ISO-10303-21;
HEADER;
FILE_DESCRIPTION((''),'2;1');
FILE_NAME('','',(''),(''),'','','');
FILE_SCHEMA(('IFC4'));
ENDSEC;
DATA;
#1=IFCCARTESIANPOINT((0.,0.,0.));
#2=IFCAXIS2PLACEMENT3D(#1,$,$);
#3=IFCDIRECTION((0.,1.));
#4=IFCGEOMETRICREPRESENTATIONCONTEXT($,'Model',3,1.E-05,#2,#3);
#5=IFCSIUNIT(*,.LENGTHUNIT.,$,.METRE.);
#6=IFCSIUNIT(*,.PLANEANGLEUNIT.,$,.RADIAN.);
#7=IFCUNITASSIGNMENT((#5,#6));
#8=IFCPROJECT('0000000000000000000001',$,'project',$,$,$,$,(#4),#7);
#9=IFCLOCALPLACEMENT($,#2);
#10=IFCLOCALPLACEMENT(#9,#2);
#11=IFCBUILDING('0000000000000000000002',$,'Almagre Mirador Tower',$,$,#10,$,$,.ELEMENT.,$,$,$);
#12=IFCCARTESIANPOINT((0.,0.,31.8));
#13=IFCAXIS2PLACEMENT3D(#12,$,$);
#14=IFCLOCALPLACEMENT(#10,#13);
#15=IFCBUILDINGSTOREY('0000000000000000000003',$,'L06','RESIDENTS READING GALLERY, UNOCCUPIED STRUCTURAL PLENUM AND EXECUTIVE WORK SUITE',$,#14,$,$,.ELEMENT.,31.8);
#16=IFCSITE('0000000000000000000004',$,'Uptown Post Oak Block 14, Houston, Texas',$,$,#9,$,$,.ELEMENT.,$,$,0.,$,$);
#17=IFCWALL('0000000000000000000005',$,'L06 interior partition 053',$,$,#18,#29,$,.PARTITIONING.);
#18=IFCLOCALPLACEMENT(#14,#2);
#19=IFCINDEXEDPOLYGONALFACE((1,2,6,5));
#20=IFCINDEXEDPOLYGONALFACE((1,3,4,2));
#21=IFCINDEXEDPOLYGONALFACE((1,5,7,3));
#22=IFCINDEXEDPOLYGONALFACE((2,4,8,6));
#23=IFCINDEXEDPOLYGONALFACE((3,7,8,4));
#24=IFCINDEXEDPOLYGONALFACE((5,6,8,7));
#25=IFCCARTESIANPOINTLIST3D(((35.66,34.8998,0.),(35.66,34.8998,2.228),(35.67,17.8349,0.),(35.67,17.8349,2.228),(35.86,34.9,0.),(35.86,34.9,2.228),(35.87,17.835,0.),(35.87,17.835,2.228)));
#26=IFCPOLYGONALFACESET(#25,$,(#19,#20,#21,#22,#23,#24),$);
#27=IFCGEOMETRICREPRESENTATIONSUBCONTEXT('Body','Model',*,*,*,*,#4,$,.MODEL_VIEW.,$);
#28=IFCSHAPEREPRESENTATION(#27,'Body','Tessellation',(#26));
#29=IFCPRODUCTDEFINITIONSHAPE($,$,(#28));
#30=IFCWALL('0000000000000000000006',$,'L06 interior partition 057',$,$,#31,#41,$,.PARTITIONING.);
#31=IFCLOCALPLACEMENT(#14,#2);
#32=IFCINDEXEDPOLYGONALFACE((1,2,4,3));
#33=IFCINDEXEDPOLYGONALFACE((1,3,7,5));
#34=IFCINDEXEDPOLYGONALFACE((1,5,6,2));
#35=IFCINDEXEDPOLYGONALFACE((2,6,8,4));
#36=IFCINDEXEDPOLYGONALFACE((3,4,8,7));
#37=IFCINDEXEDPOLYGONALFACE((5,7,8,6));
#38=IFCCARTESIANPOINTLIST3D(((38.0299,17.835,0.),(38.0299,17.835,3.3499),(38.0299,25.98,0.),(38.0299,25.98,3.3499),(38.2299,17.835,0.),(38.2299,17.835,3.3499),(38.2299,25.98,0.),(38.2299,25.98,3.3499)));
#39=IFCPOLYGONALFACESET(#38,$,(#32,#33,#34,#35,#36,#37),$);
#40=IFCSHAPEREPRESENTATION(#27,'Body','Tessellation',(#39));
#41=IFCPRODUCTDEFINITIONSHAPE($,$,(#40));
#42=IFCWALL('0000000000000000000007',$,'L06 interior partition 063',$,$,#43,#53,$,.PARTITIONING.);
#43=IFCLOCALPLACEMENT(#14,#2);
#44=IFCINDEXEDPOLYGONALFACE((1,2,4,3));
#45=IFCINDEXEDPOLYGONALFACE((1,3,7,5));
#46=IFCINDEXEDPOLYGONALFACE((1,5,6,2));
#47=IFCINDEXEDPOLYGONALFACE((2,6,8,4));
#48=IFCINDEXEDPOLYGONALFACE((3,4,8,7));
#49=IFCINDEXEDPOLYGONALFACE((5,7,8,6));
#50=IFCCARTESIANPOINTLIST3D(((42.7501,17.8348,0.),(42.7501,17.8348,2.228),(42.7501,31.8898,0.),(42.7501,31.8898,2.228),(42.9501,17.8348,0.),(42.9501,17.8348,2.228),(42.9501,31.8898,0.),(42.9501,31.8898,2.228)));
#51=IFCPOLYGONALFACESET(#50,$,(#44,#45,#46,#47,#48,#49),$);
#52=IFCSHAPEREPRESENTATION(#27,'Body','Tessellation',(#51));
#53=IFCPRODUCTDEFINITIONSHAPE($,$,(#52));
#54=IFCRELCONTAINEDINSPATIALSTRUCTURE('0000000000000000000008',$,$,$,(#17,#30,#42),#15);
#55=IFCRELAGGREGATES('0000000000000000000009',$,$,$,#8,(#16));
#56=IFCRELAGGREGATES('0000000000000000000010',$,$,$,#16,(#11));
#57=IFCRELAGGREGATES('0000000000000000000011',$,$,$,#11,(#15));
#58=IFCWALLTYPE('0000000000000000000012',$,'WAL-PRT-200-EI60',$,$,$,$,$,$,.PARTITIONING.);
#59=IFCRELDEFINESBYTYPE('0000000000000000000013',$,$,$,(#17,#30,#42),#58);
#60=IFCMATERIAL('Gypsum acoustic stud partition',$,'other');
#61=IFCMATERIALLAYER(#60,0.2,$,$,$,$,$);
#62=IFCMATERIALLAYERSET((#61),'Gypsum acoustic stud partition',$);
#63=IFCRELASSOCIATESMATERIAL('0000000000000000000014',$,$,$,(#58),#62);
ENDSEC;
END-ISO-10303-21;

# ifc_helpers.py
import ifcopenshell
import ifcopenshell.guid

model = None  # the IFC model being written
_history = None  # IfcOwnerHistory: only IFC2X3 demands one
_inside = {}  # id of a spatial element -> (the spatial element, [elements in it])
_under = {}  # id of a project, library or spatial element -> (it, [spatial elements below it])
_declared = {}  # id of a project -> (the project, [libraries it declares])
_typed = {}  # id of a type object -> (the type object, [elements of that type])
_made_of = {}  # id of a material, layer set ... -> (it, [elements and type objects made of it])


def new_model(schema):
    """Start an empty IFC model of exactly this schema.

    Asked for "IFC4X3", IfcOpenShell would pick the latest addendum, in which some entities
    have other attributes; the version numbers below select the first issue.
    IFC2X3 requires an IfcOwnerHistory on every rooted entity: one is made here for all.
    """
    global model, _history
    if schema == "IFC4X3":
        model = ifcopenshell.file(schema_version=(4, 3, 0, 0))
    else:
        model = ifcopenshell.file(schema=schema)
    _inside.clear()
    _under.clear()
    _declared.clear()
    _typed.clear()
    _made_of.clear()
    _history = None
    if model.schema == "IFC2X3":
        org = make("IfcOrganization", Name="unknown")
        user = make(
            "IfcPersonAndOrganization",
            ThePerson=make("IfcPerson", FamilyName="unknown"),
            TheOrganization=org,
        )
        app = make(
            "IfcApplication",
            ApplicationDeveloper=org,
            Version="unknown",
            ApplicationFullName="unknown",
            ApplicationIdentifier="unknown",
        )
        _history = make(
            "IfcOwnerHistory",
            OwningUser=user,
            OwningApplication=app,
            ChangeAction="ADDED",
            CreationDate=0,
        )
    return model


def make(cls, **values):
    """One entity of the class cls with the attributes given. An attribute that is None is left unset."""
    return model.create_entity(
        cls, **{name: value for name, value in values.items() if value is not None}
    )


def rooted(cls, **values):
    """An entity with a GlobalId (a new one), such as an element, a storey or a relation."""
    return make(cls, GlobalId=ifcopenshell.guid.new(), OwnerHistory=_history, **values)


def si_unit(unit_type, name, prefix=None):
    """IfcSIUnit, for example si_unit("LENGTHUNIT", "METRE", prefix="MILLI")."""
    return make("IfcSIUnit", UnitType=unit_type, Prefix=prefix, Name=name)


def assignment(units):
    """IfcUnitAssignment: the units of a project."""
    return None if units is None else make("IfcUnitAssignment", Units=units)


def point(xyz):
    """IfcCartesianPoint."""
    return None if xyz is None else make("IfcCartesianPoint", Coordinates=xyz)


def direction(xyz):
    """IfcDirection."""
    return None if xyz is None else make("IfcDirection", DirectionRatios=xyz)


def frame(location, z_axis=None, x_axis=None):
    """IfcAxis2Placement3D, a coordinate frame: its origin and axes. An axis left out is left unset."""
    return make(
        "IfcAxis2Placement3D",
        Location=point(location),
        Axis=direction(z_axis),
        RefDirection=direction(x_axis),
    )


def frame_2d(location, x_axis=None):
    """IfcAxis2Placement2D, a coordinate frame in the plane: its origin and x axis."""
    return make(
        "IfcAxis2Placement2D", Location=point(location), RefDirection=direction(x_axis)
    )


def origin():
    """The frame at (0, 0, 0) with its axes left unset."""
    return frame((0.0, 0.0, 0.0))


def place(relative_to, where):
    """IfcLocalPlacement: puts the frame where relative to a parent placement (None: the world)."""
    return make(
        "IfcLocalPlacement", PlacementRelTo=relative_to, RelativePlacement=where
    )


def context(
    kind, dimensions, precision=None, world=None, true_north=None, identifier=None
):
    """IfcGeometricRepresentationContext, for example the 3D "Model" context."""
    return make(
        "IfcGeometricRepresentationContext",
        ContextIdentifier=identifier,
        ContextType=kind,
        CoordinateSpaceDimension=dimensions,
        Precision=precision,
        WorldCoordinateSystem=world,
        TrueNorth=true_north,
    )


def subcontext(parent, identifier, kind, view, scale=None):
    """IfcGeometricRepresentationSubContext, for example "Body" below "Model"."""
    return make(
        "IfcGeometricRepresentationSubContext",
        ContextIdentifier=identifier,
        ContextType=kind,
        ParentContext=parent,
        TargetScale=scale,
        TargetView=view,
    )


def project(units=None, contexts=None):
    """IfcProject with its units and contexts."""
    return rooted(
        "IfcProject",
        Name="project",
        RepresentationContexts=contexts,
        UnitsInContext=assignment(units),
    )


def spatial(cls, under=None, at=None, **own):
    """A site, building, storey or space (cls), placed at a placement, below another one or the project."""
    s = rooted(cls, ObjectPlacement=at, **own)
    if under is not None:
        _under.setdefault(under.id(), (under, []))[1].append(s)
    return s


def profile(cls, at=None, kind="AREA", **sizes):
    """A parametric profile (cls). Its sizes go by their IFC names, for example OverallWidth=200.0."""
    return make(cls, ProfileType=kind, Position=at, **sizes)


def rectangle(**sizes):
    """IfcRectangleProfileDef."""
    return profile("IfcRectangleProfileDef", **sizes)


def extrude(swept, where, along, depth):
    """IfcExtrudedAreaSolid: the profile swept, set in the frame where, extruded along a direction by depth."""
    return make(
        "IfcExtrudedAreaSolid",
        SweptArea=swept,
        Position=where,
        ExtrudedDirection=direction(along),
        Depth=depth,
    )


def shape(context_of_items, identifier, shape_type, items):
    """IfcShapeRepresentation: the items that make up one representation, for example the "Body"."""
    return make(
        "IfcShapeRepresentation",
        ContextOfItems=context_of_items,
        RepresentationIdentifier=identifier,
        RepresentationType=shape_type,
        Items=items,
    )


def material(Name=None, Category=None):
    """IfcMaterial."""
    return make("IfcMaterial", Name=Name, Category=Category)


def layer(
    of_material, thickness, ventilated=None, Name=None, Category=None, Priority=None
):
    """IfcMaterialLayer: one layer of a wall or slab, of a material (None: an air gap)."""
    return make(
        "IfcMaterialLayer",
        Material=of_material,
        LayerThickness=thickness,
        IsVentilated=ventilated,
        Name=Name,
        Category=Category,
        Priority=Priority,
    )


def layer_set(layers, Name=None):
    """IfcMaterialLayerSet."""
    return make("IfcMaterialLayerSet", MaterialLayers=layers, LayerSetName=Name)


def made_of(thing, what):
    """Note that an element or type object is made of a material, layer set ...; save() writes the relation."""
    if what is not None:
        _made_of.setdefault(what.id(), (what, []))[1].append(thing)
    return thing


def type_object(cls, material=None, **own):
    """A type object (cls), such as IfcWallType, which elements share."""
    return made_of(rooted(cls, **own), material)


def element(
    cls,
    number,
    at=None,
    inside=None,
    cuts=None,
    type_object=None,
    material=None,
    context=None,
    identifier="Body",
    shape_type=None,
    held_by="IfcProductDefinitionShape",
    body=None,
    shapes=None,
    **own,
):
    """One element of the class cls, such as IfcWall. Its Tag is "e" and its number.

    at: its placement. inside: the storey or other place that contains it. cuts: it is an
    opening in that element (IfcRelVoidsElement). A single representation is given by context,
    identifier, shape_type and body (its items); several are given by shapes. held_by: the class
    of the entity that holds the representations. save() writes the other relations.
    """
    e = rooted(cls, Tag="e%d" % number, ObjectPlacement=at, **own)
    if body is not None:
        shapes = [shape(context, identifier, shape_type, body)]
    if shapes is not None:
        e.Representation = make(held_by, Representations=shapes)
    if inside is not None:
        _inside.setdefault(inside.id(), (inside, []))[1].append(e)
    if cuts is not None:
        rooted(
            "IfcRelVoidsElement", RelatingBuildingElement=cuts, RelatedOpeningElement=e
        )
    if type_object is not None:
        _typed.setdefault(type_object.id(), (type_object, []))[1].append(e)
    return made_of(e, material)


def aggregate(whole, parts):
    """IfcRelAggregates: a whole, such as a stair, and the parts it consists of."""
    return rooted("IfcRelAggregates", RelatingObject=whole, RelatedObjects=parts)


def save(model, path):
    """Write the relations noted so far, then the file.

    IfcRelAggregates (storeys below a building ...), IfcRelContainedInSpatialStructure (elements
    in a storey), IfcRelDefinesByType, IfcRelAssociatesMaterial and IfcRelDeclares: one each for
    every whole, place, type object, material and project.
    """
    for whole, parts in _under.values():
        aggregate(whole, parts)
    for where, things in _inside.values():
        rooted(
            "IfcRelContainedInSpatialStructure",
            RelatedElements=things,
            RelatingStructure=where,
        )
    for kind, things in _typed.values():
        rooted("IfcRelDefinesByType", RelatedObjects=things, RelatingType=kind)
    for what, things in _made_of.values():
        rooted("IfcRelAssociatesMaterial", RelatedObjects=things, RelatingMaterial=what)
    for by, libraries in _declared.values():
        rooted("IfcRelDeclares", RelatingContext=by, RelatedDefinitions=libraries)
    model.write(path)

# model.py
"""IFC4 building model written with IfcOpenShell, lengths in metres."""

from ifc_helpers import new_model, si_unit, direction, frame, frame_2d, origin, place, context, subcontext, project, spatial, rectangle, extrude, material, layer, layer_set, type_object, element, save


model = new_model("IFC4")

# Units and contexts
model_context = context("Model", 3, precision=1e-05, world=origin(), true_north=direction((0.0, 1.0)))
body_context = subcontext(model_context, "Body", "Model", "MODEL_VIEW")
ifc_project = project(units=[si_unit("LENGTHUNIT", "METRE"), si_unit("PLANEANGLEUNIT", "RADIAN")], contexts=[model_context])

# Site, building, storey
site_placement = place(None, origin())
site = spatial("IfcSite", under=ifc_project, at=site_placement, Name="Uptown Post Oak Block 14, Houston, Texas", CompositionType="ELEMENT", RefElevation=0.0)
building_placement = place(site_placement, origin())
building = spatial("IfcBuilding", under=site, at=building_placement, Name="Almagre Mirador Tower", CompositionType="ELEMENT")
storey_placement = place(building_placement, frame((0.0, 0.0, 31.8)))
storey = spatial("IfcBuildingStorey", under=building, at=storey_placement, Name="L06", Description="RESIDENTS READING GALLERY, UNOCCUPIED STRUCTURAL PLENUM AND EXECUTIVE WORK SUITE", CompositionType="ELEMENT", Elevation=31.8)

# Shared definitions
ifc_material_1 = material(Name="Gypsum acoustic stud partition", Category="other")
ifc_layer_1 = layer(ifc_material_1, 0.2)
ifc_layer_set_1 = layer_set([ifc_layer_1], Name="Gypsum acoustic stud partition")
wall_type_1 = type_object("IfcWallType", Name="WAL-PRT-200-EI60", PredefinedType="PARTITIONING", material=ifc_layer_set_1)

# Walls
wall_1_placement = place(storey_placement, frame((35.77, 17.835, 0.0), z_axis=(0.0, 0.0, 1.0), x_axis=(-0.000587, 1.0, 0.0)))
element("IfcWall", 1, at=wall_1_placement, inside=storey, type_object=wall_type_1, Name="L06 interior partition 053", PredefinedType="PARTITIONING", context=body_context, shape_type="SweptSolid", body=[
    extrude(rectangle(XDim=17.0649, YDim=0.2, at=frame_2d((8.5325, 0.0))), origin(), (0.0, 0.0, 1.0), 2.228),
])
wall_2_placement = place(storey_placement, frame((38.1299, 17.835, 0.0), z_axis=(0.0, 0.0, 1.0), x_axis=(0.0, 1.0, 0.0)))
element("IfcWall", 2, at=wall_2_placement, inside=storey, type_object=wall_type_1, Name="L06 interior partition 057", PredefinedType="PARTITIONING", context=body_context, shape_type="SweptSolid", body=[
    extrude(rectangle(XDim=8.145, YDim=0.2, at=frame_2d((4.0725, 0.0))), origin(), (0.0, 0.0, 1.0), 3.3499),
])
wall_3_placement = place(storey_placement, frame((42.8501, 17.835, 0.0), z_axis=(0.0, 0.0, 1.0), x_axis=(0.0, 1.0, 0.0)))
element("IfcWall", 3, at=wall_3_placement, inside=storey, type_object=wall_type_1, Name="L06 interior partition 063", PredefinedType="PARTITIONING", context=body_context, shape_type="SweptSolid", body=[
    extrude(rectangle(XDim=14.0549, YDim=0.2, at=frame_2d((7.0273, 0.0))), origin(), (0.0, 0.0, 1.0), 2.228),
])

save(model, "model.ifc")
